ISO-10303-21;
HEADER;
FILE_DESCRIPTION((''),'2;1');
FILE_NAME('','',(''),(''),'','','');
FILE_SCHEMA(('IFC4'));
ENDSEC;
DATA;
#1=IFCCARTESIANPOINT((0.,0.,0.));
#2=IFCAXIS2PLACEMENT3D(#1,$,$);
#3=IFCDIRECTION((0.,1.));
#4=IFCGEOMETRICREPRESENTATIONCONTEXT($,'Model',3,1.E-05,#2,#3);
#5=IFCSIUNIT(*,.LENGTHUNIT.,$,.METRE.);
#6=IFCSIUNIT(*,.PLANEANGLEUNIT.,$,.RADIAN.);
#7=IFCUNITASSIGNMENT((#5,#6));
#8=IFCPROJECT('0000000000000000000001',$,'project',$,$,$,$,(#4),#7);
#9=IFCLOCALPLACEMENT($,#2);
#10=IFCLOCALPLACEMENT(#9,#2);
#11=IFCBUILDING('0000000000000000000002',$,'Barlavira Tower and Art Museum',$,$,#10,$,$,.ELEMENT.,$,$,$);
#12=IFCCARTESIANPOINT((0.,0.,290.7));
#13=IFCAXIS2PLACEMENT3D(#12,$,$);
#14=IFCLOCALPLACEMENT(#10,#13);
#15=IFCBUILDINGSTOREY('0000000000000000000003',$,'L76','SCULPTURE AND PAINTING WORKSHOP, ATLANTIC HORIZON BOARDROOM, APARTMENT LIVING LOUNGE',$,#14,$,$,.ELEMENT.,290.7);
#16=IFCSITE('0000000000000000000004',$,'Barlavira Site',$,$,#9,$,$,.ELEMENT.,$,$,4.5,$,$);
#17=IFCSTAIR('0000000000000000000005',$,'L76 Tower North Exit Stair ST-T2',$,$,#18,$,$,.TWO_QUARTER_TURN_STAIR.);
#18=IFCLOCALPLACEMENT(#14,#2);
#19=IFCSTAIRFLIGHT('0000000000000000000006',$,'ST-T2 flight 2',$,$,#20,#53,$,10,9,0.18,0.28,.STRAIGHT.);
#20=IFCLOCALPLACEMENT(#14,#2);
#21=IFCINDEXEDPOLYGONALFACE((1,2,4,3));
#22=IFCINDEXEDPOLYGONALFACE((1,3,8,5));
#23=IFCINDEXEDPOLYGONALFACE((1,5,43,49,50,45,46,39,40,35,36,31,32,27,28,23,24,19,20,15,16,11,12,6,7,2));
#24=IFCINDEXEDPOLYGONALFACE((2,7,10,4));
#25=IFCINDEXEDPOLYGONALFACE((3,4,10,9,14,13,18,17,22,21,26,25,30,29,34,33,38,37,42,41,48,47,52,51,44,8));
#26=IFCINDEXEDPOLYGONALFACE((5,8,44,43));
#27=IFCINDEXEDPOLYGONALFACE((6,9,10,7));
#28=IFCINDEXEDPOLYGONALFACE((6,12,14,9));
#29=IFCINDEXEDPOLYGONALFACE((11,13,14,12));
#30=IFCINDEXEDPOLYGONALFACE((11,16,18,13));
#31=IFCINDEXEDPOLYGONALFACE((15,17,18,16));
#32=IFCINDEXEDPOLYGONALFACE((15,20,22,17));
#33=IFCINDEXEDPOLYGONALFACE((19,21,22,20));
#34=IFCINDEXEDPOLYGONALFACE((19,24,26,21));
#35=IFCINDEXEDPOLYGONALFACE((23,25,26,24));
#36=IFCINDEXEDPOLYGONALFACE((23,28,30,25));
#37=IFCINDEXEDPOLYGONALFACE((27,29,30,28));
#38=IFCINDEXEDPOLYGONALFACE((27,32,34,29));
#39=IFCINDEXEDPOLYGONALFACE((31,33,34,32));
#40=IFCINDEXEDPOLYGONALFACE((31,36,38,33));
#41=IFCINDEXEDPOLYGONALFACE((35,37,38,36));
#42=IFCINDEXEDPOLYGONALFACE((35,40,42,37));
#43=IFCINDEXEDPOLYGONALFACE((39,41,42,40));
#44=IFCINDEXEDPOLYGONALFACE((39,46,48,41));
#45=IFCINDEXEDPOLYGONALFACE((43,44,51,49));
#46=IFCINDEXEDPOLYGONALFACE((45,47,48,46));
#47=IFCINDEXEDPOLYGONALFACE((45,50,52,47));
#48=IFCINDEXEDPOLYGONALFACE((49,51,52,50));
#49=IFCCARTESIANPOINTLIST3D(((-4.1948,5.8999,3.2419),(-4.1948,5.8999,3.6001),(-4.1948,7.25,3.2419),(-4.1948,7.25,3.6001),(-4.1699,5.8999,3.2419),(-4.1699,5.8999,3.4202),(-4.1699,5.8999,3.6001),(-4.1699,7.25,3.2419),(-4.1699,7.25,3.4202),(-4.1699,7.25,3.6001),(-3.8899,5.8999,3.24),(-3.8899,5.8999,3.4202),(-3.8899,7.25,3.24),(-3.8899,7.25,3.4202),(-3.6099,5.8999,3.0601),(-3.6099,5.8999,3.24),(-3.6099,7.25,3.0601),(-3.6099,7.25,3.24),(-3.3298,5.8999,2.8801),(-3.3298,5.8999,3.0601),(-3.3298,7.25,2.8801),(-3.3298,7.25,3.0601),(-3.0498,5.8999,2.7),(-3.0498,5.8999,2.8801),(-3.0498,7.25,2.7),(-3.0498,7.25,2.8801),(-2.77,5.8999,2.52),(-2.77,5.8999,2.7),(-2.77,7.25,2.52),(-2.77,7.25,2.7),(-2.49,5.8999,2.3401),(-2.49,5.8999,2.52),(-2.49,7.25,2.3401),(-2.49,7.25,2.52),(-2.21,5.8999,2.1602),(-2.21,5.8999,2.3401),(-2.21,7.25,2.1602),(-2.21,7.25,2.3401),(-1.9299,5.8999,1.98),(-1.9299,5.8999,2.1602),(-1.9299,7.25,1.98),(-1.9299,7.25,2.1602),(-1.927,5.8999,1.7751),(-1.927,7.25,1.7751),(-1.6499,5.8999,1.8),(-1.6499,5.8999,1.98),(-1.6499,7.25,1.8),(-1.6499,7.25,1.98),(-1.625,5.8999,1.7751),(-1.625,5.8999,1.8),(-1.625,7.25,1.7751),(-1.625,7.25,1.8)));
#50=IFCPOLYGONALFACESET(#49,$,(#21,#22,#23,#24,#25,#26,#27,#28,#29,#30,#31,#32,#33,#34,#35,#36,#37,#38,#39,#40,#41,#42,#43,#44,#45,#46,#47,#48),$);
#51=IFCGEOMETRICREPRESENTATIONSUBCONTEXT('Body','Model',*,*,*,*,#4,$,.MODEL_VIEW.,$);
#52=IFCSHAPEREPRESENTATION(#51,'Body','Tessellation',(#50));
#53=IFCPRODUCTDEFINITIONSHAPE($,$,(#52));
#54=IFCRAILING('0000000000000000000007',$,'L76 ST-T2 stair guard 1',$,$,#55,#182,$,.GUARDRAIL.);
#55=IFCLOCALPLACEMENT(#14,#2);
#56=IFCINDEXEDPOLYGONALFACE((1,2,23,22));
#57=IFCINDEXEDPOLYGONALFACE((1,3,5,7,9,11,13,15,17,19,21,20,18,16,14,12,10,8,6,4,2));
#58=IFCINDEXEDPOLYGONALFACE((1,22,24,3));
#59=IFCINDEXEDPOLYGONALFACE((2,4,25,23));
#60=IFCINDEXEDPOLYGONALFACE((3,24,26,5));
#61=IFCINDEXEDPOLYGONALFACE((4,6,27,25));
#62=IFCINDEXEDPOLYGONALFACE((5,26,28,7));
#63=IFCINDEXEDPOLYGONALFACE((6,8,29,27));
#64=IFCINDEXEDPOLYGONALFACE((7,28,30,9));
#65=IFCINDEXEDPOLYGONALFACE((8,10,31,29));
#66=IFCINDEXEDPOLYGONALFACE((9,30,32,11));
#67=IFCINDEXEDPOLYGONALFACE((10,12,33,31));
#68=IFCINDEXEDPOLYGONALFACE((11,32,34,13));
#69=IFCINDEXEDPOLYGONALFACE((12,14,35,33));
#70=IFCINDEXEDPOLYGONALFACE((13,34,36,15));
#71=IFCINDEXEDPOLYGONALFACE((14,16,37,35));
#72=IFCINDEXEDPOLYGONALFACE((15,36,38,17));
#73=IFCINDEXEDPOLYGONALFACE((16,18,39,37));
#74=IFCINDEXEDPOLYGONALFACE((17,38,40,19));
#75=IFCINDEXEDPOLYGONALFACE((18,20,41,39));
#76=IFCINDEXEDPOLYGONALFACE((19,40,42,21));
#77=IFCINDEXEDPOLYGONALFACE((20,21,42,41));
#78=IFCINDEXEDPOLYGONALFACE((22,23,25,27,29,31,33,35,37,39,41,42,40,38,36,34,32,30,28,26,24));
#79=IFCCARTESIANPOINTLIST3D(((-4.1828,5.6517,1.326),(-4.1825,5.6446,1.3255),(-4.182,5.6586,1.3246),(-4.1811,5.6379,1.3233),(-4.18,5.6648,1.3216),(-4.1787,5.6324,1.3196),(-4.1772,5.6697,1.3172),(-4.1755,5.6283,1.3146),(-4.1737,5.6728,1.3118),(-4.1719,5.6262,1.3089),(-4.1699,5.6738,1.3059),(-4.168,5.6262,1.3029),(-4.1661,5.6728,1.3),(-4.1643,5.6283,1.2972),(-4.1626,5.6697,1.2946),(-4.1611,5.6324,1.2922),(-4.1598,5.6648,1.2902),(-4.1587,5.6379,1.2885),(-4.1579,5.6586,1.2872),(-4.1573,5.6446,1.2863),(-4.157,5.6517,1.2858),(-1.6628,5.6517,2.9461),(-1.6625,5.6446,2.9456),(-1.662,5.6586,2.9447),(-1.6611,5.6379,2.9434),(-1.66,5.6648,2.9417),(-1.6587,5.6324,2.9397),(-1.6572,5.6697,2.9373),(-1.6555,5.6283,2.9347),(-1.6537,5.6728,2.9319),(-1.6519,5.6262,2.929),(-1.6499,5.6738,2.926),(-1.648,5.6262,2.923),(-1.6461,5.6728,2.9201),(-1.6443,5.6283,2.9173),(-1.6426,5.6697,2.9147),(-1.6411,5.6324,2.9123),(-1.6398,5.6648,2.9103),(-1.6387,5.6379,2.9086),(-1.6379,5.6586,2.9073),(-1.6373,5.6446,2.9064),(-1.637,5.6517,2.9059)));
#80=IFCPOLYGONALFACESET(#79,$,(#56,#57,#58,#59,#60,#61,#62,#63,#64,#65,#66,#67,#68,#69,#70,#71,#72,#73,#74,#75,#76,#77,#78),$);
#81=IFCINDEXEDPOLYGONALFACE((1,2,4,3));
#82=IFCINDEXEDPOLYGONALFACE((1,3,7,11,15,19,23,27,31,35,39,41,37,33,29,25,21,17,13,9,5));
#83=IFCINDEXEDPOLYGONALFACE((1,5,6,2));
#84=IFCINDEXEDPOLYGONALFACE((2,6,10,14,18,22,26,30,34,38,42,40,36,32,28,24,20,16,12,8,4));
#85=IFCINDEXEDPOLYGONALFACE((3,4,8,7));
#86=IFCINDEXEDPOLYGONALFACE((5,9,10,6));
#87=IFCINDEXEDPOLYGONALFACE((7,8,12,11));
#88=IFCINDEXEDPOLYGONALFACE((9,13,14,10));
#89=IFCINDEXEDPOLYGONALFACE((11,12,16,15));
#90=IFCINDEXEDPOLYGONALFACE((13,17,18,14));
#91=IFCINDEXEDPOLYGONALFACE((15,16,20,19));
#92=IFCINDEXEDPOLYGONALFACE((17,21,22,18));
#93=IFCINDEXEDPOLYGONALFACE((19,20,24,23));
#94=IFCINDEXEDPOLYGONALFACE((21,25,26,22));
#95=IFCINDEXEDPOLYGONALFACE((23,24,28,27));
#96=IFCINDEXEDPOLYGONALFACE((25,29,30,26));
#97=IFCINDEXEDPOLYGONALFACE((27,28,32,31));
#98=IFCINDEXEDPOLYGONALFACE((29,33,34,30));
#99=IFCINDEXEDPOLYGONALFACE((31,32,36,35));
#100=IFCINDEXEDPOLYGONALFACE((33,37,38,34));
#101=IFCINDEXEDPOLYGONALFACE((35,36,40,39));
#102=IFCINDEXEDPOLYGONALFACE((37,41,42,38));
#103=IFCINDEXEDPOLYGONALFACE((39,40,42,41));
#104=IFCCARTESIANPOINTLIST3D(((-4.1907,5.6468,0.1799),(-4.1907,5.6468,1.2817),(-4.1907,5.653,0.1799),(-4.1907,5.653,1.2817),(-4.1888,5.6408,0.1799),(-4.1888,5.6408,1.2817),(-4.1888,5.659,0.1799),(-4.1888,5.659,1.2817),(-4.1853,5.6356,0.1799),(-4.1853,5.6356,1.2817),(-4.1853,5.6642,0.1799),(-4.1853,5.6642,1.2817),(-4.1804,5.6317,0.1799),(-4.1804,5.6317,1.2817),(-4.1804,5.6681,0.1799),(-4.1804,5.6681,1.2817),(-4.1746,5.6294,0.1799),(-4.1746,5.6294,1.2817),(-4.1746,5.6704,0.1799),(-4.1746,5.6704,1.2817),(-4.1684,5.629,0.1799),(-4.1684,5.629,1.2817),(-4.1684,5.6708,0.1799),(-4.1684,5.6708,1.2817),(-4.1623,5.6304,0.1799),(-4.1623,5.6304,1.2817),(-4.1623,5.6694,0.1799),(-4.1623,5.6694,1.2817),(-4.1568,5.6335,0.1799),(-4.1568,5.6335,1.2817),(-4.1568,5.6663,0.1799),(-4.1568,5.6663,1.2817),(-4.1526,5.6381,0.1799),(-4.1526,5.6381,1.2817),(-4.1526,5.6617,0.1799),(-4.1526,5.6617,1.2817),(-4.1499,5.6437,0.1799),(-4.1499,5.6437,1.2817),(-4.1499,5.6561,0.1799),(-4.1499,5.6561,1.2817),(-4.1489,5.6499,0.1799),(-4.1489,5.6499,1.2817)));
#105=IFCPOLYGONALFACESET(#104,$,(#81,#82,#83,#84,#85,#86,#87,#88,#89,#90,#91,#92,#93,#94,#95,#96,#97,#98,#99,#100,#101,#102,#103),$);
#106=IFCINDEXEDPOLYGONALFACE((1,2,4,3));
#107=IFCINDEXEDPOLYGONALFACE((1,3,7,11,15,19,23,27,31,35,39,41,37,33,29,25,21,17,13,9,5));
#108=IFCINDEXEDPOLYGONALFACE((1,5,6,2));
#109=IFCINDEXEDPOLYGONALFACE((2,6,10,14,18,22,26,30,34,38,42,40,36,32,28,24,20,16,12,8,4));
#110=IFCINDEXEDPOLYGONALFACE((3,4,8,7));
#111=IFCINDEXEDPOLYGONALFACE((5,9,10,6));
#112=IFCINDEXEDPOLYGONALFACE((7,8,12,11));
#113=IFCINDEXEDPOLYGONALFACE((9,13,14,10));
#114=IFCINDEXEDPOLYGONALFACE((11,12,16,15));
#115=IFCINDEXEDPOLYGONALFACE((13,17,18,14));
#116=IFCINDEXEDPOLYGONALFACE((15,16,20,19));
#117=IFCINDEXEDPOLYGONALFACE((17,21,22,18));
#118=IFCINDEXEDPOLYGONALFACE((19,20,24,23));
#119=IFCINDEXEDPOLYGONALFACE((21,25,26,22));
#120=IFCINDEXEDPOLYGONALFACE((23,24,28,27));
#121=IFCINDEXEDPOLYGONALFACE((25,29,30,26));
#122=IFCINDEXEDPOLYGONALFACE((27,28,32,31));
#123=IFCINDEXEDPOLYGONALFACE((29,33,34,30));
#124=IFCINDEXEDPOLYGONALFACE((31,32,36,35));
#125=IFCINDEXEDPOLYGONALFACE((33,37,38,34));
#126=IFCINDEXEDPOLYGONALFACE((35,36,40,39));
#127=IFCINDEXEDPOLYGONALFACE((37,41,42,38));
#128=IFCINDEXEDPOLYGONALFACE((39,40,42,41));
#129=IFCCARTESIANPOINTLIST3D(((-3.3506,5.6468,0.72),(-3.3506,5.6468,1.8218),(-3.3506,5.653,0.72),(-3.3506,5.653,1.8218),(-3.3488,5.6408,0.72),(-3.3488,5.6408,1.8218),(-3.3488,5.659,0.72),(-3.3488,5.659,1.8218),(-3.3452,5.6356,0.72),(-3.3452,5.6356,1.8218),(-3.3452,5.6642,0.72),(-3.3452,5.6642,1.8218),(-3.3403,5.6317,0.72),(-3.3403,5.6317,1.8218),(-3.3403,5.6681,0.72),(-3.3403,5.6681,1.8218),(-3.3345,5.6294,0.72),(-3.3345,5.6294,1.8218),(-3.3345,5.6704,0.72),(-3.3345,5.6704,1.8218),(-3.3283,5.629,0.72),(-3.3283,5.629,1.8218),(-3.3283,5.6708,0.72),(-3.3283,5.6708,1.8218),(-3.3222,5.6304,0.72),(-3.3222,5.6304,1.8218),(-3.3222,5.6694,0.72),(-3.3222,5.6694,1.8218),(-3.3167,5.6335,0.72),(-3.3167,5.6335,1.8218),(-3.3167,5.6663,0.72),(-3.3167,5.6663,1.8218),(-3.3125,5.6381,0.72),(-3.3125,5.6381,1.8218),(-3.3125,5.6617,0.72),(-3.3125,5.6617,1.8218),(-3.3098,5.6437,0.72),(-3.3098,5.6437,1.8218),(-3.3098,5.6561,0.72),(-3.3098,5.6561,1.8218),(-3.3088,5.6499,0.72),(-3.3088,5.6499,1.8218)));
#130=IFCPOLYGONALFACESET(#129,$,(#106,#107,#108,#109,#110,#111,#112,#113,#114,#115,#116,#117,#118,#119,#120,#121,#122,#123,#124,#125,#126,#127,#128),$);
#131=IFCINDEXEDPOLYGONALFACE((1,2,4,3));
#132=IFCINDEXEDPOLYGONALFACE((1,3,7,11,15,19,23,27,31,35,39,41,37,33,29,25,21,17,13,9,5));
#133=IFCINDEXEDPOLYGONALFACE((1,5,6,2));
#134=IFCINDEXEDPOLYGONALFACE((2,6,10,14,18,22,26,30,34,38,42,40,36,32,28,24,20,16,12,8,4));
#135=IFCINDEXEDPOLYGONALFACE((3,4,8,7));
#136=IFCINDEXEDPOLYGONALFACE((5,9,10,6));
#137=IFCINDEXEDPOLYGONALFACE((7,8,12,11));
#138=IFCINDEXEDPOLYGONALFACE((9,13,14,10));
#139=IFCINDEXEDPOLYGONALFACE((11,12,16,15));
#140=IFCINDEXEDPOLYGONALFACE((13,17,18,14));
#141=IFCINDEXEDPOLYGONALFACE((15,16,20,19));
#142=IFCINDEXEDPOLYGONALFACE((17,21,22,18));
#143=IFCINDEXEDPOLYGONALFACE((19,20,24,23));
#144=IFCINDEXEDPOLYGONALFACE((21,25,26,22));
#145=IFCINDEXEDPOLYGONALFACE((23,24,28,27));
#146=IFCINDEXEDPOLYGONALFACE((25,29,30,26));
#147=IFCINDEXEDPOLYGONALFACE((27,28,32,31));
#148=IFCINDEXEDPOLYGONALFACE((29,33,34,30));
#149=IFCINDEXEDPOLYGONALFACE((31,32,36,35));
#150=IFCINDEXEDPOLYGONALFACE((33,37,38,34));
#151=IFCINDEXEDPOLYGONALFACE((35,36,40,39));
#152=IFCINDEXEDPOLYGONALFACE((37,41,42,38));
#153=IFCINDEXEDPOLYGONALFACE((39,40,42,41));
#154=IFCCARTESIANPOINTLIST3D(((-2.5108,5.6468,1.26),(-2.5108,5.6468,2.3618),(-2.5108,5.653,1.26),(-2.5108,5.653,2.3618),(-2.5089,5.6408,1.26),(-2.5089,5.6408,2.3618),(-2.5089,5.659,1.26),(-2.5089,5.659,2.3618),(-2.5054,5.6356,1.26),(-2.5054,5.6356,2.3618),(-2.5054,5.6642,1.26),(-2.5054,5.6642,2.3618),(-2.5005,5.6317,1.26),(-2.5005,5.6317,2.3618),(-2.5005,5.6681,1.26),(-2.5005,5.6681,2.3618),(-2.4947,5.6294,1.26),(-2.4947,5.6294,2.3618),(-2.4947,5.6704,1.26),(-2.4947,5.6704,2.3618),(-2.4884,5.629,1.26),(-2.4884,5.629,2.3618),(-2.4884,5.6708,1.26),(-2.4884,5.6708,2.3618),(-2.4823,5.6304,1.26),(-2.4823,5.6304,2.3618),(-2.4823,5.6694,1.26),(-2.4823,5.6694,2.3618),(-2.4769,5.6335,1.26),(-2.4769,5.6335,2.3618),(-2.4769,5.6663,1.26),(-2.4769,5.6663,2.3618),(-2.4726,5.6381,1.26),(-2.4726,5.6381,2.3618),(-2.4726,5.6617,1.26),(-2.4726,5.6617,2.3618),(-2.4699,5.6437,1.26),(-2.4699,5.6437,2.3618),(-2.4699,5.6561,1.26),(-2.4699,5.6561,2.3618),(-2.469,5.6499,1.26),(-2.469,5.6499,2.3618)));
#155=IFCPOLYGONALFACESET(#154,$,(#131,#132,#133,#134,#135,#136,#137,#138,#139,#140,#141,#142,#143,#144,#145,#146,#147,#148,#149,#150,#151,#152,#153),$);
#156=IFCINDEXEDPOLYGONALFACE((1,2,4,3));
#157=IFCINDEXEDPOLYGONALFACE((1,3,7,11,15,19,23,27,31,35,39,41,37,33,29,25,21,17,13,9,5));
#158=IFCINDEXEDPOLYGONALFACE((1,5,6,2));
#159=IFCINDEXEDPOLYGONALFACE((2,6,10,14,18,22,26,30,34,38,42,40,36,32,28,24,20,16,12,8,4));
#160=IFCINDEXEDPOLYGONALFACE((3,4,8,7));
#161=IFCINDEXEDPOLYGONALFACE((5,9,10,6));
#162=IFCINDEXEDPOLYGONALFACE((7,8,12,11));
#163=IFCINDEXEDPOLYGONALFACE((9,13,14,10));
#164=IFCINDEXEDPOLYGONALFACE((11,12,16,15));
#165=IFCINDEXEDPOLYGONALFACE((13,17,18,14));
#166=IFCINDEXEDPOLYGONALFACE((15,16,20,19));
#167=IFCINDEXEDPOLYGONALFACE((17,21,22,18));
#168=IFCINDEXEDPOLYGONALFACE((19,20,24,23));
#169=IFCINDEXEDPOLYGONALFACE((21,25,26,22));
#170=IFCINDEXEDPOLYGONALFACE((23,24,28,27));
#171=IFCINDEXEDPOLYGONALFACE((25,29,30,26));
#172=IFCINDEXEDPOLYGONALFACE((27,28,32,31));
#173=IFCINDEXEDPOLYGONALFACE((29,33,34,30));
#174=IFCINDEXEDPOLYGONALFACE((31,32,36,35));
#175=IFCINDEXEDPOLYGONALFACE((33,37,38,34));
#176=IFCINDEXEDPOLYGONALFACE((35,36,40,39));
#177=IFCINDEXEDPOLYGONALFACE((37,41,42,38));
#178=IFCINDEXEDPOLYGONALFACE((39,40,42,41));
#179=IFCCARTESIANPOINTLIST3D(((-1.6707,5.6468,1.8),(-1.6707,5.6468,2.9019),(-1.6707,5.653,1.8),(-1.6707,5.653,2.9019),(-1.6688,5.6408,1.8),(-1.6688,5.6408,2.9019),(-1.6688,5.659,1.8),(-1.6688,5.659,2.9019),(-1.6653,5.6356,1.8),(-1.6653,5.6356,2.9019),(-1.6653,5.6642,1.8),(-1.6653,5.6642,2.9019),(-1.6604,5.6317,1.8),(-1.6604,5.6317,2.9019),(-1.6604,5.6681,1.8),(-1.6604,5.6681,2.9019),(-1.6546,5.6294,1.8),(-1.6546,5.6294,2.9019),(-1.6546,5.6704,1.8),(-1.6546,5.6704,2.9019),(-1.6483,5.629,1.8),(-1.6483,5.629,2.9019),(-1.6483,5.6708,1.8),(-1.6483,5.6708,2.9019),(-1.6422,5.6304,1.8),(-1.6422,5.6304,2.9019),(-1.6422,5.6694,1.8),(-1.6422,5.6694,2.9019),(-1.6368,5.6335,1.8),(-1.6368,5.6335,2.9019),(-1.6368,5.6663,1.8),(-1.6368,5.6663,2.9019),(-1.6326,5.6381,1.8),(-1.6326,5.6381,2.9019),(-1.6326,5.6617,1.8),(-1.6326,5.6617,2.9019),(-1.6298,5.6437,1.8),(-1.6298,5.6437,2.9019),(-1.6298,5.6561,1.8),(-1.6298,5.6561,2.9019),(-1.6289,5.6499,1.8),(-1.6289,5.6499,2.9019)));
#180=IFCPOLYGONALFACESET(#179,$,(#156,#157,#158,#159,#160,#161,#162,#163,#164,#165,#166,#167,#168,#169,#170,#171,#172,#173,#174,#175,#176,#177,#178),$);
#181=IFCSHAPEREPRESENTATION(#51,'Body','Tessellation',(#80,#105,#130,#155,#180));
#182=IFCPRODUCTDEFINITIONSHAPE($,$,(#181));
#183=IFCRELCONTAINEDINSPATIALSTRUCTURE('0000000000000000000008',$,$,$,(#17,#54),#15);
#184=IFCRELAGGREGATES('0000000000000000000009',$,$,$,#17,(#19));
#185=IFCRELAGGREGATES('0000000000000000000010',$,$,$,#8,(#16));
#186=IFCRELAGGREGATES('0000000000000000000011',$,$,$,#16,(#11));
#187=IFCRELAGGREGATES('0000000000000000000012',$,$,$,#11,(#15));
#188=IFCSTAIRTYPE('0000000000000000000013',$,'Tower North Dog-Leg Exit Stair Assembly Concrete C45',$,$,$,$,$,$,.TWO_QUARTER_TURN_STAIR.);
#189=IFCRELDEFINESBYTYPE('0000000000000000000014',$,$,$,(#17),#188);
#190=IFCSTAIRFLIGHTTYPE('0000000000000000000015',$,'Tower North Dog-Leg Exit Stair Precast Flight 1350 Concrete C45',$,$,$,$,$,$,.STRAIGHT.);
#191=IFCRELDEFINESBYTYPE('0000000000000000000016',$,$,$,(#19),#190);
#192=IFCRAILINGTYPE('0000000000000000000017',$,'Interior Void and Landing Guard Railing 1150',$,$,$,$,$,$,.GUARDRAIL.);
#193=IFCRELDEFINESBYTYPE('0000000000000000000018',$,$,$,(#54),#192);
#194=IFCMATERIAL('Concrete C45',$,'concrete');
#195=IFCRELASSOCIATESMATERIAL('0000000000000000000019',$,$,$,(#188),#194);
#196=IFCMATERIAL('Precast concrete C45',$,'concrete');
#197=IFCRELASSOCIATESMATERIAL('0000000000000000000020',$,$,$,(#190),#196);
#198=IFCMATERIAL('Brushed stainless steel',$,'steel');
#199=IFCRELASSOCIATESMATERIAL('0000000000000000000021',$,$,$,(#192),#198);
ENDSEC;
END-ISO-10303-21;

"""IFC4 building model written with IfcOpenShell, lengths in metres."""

from ifc_helpers import new_model, si_unit, direction, frame, origin, origin_2d, place, context, subcontext, project, spatial, polyline, circle, outline, extrude, material, type_object, element, aggregate, save


model = new_model("IFC4")

# Units and contexts
model_context = context("Model", 3, precision=1e-05, world=origin(), true_north=direction((0.0, 1.0)))
body_context = subcontext(model_context, "Body", "Model", "MODEL_VIEW")
ifc_project = project(units=[si_unit("LENGTHUNIT", "METRE"), si_unit("PLANEANGLEUNIT", "RADIAN")], contexts=[model_context])

# Site, building, storey
site_placement = place(None, origin())
site = spatial("IfcSite", under=ifc_project, at=site_placement, Name="Barlavira Site", CompositionType="ELEMENT", RefElevation=4.5)
building_placement = place(site_placement, origin())
building = spatial("IfcBuilding", under=site, at=building_placement, Name="Barlavira Tower and Art Museum", CompositionType="ELEMENT")
storey_placement = place(building_placement, frame((0.0, 0.0, 290.7)))
storey = spatial("IfcBuildingStorey", under=building, at=storey_placement, Name="L76", Description="SCULPTURE AND PAINTING WORKSHOP, ATLANTIC HORIZON BOARDROOM, APARTMENT LIVING LOUNGE", CompositionType="ELEMENT", Elevation=290.7)

# Shared definitions
ifc_material_1 = material(Name="Brushed stainless steel", Category="steel")

# Stair, stair flight
ifc_material_2 = material(Name="Concrete C45", Category="concrete")
stair_type = type_object("IfcStairType", Name="Tower North Dog-Leg Exit Stair Assembly Concrete C45", PredefinedType="TWO_QUARTER_TURN_STAIR", material=ifc_material_2)
stair_placement = place(storey_placement, origin())
stair = element("IfcStair", 1, at=stair_placement, inside=storey, type_object=stair_type, Name="L76 Tower North Exit Stair ST-T2", PredefinedType="TWO_QUARTER_TURN_STAIR")
ifc_material_3 = material(Name="Precast concrete C45", Category="concrete")
stair_flight_type = type_object("IfcStairFlightType", Name="Tower North Dog-Leg Exit Stair Precast Flight 1350 Concrete C45", PredefinedType="STRAIGHT", material=ifc_material_3)
stair_flight_1_placement = place(storey_placement, frame((-1.6499, 6.575, 1.8), z_axis=(0.0, 0.0, 1.0), x_axis=(-1.0, 0.0, 0.0)))
stair_flight_1 = element("IfcStairFlight", 2, at=stair_flight_1_placement, type_object=stair_flight_type, Name="ST-T2 flight 2", NumberOfRisers=10, NumberOfTreads=9, PredefinedType="STRAIGHT", RiserHeight=0.18, TreadLength=0.28, context=body_context, shape_type="SweptSolid", body=[
    extrude(outline(polyline([(-0.0249, 0.0), (0.0, 0.0), (0.0, 0.1799), (0.28, 0.1799), (0.28, 0.3601), (0.5601, 0.3601), (0.5601, 0.54), (0.8401, 0.54), (0.8401, 0.72), (1.1201, 0.72), (1.1201, 0.8999), (1.3999, 0.8999), (1.3999, 1.0801), (1.6799, 1.0801), (1.6799, 1.26), (1.96, 1.26), (1.96, 1.4399), (2.24, 1.4399), (2.24, 1.6201), (2.52, 1.6201), (2.52, 1.8), (2.5449, 1.8), (2.5449, 1.4419), (2.52, 1.4419), (0.2771, -0.0249), (-0.0249, -0.0249), (-0.0249, 0.0)])), frame((0.0, 0.675, 0.0), z_axis=(0.0, -1.0, 0.0), x_axis=(1.0, 0.0, 0.0)), (0.0, 0.0, 1.0), 1.3501),
])
aggregate(stair, [stair_flight_1])

# Railing
railing_type_1 = type_object("IfcRailingType", Name="Interior Void and Landing Guard Railing 1150", PredefinedType="GUARDRAIL", material=ifc_material_1)
railing_1_placement = place(storey_placement, frame((-4.1699, 5.6499, 0.1799)))
element("IfcRailing", 3, at=railing_1_placement, inside=storey, type_object=railing_type_1, Name="L76 ST-T2 stair guard 1", PredefinedType="GUARDRAIL", context=body_context, shape_type="SweptSolid", body=[
    extrude(circle(Radius=0.0239, at=origin_2d()), frame((0.0, 0.0, 1.126), z_axis=(0.841163, 0.0, 0.540782), x_axis=(0.0, 1.0, 0.0)), (0.0, 0.0, 1.0), 2.9958),
    extrude(circle(Radius=0.021, at=origin_2d()), origin(), (0.0, 0.0, 1.0), 1.1018),
    extrude(circle(Radius=0.021, at=origin_2d()), frame((0.8401, 0.0, 0.54)), (0.0, 0.0, 1.0), 1.1018),
    extrude(circle(Radius=0.021, at=origin_2d()), frame((1.6799, 0.0, 1.0801)), (0.0, 0.0, 1.0), 1.1018),
    extrude(circle(Radius=0.021, at=origin_2d()), frame((2.52, 0.0, 1.6201)), (0.0, 0.0, 1.0), 1.1018),
])

save(model, "model.ifc")
